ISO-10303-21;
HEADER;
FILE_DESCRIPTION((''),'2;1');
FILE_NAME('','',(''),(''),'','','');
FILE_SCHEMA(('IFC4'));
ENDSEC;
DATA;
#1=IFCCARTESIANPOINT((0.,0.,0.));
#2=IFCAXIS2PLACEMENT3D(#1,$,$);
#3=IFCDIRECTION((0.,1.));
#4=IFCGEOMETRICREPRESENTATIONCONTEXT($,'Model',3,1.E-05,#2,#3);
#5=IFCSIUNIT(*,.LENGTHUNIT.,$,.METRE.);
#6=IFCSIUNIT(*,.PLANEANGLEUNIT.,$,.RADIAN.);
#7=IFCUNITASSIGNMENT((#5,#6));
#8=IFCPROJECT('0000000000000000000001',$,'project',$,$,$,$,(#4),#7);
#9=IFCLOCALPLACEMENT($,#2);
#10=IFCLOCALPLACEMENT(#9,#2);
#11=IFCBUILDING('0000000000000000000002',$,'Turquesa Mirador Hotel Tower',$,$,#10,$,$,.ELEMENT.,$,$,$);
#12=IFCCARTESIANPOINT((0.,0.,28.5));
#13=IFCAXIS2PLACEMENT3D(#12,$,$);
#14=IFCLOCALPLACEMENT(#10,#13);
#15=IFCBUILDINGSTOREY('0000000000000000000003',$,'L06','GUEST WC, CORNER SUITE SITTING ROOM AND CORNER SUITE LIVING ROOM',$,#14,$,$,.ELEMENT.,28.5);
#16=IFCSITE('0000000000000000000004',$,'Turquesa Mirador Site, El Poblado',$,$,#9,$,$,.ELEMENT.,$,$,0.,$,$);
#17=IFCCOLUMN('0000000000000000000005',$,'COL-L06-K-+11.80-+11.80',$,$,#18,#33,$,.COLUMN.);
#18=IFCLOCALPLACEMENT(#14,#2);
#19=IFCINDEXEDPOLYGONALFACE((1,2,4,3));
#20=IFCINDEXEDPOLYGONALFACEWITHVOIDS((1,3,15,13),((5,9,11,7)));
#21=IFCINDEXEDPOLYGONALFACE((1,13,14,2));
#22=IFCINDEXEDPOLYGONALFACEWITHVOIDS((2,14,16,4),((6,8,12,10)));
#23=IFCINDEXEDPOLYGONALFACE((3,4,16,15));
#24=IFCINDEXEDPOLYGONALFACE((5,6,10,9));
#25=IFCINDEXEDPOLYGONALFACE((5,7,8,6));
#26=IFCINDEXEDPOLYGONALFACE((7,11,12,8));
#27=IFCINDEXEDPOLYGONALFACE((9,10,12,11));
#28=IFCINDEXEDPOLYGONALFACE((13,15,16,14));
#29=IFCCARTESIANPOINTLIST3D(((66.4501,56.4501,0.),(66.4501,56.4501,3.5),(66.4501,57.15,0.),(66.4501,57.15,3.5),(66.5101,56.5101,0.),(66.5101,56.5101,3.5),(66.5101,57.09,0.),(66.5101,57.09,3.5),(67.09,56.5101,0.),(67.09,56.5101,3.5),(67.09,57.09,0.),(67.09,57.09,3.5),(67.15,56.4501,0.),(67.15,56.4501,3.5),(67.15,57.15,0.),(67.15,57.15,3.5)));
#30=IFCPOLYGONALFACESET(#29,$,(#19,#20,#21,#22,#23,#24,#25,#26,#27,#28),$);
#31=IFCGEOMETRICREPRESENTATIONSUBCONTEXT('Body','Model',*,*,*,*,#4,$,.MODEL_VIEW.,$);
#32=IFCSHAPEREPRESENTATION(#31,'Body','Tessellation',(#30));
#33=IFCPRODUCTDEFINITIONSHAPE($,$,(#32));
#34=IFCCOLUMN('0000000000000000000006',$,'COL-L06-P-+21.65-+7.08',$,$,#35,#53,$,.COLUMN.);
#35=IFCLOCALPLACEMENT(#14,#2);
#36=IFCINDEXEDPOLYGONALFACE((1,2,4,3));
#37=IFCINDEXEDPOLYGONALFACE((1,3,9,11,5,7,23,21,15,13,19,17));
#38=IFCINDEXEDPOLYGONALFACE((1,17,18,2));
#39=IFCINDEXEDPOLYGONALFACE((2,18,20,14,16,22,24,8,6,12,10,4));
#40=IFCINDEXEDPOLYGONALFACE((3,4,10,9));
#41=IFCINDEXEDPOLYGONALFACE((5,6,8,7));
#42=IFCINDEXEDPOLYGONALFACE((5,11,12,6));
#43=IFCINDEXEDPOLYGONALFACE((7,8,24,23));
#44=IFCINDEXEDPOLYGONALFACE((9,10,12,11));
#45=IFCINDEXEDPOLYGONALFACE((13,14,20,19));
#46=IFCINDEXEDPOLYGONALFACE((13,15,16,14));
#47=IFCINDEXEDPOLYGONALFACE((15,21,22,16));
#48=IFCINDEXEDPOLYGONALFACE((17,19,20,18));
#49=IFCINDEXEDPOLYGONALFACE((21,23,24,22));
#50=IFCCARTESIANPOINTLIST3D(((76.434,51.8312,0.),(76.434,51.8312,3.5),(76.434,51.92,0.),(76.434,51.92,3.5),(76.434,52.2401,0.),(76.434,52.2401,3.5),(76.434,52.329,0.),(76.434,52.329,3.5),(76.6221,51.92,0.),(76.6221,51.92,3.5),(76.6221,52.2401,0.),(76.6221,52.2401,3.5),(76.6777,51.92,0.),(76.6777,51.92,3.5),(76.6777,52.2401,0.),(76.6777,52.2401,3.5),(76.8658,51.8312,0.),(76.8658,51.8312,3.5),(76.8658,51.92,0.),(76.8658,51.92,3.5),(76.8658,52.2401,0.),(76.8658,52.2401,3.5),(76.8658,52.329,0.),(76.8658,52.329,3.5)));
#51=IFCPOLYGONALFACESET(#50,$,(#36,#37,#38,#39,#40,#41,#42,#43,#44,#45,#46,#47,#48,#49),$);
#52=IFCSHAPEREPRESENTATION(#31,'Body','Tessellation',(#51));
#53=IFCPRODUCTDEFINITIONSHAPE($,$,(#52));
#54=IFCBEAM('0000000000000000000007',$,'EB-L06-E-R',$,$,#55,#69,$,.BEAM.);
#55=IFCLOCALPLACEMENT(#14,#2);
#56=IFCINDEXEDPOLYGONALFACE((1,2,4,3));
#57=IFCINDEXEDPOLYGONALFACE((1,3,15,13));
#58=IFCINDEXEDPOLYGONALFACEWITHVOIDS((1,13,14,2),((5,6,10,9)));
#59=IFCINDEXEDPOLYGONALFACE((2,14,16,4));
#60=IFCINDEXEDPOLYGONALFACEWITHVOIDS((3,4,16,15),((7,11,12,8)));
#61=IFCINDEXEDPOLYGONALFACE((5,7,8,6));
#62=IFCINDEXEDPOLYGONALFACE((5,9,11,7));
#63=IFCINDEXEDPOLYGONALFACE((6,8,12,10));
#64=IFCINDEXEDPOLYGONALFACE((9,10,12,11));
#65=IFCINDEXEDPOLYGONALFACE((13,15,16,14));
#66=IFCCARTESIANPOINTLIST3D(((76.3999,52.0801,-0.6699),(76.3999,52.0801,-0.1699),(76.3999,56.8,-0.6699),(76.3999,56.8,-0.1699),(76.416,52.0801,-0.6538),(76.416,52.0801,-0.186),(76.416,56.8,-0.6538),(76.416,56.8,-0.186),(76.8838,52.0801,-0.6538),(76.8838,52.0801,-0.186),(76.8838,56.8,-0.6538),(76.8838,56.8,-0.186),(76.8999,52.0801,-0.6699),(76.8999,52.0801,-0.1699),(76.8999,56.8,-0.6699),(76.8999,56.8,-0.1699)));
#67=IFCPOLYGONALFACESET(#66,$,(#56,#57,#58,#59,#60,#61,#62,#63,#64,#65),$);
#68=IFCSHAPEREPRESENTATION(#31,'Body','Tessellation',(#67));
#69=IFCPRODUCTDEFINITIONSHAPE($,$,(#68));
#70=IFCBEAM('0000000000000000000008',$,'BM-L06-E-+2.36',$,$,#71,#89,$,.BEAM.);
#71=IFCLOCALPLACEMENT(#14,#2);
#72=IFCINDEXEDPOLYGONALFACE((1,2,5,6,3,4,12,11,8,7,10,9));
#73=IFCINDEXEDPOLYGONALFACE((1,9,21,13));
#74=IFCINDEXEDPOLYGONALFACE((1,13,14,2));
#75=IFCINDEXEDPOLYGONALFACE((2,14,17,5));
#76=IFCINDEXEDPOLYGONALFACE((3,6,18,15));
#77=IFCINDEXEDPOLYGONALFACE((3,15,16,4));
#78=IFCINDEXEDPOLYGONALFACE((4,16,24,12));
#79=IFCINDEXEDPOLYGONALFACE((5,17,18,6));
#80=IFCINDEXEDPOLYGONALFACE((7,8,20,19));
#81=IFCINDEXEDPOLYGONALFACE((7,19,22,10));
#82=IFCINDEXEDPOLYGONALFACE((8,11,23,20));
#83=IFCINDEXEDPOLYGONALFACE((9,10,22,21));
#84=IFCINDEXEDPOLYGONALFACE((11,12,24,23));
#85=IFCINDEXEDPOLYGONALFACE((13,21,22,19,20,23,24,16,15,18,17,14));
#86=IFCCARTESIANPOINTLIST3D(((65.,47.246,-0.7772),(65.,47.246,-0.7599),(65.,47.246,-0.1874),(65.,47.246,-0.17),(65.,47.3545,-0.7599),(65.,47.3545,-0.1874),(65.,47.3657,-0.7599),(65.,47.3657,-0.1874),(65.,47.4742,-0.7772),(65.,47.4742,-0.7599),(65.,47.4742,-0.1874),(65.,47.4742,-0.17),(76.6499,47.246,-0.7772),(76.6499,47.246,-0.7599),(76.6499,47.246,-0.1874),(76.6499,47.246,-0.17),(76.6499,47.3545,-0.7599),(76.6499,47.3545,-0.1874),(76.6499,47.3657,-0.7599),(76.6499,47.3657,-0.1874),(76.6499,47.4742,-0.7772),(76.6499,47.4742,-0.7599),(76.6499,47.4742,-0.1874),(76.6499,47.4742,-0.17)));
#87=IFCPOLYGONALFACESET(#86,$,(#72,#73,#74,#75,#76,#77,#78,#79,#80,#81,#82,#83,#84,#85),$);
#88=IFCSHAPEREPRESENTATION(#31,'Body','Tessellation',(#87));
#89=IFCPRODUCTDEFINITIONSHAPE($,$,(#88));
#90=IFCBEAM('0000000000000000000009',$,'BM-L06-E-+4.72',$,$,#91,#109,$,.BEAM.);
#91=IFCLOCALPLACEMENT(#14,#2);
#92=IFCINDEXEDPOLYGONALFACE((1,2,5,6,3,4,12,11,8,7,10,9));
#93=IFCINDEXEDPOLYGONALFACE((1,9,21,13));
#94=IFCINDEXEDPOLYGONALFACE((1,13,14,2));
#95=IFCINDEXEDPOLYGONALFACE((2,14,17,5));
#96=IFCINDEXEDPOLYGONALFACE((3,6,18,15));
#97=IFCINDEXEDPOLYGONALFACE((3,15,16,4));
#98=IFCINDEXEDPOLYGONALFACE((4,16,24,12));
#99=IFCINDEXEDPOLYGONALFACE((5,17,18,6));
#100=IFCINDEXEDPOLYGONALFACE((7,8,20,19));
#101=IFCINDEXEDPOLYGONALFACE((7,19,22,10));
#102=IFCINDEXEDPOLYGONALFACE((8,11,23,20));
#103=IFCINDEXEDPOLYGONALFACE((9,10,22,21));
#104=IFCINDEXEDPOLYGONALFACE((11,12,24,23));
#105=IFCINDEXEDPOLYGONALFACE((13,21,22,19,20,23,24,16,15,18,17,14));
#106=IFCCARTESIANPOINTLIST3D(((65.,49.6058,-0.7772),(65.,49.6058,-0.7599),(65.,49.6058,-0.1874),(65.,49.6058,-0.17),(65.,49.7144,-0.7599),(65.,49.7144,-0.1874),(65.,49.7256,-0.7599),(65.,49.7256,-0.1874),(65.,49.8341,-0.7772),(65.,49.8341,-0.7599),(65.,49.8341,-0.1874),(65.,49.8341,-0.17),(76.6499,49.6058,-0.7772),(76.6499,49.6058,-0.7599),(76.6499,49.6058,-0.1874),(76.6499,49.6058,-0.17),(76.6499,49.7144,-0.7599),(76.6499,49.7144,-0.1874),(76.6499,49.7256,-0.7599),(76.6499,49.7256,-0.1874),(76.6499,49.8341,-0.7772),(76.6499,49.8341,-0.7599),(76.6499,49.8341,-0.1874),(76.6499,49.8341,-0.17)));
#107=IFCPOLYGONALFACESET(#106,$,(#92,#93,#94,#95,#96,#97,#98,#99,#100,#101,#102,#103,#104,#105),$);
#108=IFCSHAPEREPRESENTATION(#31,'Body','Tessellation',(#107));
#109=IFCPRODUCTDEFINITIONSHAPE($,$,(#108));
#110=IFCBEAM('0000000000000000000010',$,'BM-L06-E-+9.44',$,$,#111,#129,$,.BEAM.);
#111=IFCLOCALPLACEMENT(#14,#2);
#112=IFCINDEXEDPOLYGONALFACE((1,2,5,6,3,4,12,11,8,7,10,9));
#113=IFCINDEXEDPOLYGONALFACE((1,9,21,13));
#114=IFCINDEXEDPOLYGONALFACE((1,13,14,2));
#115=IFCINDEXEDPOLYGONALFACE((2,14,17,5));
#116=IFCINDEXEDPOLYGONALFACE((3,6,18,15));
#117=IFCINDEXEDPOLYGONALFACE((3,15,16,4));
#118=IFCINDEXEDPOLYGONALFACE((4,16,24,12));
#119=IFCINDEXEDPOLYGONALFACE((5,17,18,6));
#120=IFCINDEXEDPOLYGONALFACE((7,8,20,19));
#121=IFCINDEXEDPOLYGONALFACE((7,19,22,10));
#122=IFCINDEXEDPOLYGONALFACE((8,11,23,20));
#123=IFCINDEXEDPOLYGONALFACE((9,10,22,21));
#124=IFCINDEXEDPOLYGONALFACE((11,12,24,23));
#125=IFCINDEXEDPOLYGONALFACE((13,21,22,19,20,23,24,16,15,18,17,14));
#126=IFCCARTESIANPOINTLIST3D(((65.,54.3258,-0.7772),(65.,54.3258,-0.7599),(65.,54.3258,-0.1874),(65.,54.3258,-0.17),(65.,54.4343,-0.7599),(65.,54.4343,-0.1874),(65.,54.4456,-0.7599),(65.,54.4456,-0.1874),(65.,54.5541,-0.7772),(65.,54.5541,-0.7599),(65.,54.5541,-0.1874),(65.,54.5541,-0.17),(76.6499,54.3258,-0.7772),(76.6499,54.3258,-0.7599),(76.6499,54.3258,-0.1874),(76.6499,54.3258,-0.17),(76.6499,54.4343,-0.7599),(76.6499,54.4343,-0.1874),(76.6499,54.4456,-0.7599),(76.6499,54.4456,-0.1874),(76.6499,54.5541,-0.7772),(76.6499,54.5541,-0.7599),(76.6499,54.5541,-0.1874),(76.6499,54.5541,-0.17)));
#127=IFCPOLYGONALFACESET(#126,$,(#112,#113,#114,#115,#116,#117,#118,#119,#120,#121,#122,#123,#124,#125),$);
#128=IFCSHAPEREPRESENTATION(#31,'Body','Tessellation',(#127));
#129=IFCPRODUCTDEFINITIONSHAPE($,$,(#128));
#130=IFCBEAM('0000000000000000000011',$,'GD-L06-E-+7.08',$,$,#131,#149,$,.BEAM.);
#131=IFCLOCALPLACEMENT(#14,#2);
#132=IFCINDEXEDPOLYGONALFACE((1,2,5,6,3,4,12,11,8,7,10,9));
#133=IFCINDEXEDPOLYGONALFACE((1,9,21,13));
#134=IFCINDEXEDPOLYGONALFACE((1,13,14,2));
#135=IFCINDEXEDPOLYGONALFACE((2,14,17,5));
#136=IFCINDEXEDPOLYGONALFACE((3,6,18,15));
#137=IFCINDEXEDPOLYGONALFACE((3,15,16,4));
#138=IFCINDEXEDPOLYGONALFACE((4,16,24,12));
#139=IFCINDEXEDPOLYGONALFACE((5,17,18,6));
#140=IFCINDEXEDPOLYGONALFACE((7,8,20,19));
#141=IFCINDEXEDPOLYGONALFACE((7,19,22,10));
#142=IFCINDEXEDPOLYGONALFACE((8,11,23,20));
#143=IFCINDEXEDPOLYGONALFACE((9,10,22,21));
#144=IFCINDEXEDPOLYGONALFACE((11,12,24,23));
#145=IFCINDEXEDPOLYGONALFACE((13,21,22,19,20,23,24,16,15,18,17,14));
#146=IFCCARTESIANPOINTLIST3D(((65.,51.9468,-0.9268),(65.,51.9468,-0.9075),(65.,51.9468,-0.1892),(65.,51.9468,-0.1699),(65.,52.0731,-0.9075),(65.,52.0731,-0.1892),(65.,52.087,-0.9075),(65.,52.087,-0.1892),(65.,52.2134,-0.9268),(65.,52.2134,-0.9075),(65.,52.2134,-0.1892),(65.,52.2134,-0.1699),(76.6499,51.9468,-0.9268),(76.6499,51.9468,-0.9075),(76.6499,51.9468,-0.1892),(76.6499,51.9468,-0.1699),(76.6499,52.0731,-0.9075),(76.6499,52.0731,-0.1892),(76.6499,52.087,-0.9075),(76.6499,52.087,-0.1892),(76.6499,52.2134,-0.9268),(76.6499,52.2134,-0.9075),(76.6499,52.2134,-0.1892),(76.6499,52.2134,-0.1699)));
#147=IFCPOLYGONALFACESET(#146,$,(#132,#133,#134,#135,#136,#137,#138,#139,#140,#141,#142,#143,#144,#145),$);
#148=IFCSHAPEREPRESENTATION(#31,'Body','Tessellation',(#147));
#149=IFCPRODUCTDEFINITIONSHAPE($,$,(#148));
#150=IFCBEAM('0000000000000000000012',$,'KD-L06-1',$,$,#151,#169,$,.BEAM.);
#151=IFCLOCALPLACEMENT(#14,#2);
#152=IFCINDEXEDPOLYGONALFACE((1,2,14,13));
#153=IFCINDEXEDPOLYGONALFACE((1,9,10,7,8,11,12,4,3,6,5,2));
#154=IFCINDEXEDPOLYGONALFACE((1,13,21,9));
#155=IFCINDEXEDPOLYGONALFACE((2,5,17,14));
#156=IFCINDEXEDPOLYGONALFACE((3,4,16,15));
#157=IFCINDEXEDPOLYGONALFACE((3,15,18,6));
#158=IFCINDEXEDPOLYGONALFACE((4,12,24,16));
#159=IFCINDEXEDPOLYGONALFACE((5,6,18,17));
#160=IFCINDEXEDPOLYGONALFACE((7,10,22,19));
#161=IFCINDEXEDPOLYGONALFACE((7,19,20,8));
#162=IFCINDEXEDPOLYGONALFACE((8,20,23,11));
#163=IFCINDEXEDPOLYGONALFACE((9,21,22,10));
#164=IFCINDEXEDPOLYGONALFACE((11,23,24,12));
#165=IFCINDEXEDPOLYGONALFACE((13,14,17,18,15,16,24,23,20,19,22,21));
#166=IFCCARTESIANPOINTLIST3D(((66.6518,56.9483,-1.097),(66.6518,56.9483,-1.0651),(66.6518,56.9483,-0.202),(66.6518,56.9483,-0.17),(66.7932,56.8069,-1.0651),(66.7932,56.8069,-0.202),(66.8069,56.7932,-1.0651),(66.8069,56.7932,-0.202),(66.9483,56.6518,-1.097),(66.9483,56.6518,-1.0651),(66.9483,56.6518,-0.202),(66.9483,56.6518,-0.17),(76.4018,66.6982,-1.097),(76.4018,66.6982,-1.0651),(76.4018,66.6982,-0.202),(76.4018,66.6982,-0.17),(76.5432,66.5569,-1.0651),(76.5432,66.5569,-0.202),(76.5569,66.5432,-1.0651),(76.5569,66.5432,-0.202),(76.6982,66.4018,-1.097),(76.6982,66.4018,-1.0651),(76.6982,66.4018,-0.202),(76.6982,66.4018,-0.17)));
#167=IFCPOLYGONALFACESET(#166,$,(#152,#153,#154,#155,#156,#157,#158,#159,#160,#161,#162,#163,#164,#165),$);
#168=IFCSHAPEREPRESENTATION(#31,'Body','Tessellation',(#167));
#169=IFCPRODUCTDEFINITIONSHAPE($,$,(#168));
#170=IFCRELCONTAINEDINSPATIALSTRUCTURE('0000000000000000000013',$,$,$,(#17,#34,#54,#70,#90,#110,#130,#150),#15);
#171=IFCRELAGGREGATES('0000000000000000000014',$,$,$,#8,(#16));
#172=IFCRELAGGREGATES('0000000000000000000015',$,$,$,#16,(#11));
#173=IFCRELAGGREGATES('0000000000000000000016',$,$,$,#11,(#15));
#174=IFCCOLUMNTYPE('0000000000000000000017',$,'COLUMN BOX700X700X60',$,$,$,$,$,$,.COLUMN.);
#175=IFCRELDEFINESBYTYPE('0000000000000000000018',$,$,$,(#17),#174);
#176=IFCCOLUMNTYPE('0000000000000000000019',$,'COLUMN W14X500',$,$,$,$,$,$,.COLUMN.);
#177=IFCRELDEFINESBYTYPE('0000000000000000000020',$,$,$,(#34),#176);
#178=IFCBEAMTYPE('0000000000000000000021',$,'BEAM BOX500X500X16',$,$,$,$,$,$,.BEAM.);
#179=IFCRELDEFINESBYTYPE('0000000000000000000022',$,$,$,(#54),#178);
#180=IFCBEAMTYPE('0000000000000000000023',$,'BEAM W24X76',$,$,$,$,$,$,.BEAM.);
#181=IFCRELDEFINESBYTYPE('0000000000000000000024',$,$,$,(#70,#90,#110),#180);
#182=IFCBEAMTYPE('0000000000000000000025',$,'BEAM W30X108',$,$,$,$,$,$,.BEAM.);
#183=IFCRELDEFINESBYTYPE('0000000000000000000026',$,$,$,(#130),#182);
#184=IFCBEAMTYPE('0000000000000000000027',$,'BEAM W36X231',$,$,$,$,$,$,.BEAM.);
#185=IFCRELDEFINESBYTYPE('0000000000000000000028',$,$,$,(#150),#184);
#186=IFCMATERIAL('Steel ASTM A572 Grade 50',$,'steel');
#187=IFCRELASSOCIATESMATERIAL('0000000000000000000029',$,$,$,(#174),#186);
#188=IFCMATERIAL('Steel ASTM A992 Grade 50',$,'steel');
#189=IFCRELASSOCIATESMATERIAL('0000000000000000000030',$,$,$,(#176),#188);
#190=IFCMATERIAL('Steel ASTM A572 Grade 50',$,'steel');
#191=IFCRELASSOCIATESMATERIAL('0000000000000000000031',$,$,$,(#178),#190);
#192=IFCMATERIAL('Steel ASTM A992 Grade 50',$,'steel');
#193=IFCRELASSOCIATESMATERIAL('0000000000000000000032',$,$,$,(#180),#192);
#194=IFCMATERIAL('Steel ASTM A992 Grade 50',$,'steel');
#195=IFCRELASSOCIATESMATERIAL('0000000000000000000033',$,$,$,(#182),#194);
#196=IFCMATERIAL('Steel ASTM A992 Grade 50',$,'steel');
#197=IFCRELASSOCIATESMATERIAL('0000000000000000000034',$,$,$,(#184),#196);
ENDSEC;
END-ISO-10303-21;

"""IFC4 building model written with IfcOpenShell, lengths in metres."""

from ifc_helpers import new_model, si_unit, direction, frame, origin, origin_2d, place, context, subcontext, project, spatial, hollow_rectangle, i_section, extrude, material, material_profile, profile_set, type_object, element, save


model = new_model("IFC4")

# Units and contexts
model_context = context("Model", 3, precision=1e-05, world=origin(), true_north=direction((0.0, 1.0)))
body_context = subcontext(model_context, "Body", "Model", "MODEL_VIEW")
ifc_project = project(units=[si_unit("LENGTHUNIT", "METRE"), si_unit("PLANEANGLEUNIT", "RADIAN")], contexts=[model_context])

# Site, building, storey
site_placement = place(None, origin())
site = spatial("IfcSite", under=ifc_project, at=site_placement, Name="Turquesa Mirador Site, El Poblado", CompositionType="ELEMENT", RefElevation=0.0)
building_placement = place(site_placement, origin())
building = spatial("IfcBuilding", under=site, at=building_placement, Name="Turquesa Mirador Hotel Tower", CompositionType="ELEMENT")
storey_placement = place(building_placement, frame((0.0, 0.0, 28.5)))
storey = spatial("IfcBuildingStorey", under=building, at=storey_placement, Name="L06", Description="GUEST WC, CORNER SUITE SITTING ROOM AND CORNER SUITE LIVING ROOM", CompositionType="ELEMENT", Elevation=28.5)

# Columns
ifc_material_1 = material(Name="Steel ASTM A572 Grade 50", Category="steel")
ifc_material_profile_1 = material_profile(ifc_material_1, hollow_rectangle(XDim=0.7, YDim=0.7, WallThickness=0.0601, at=origin_2d()), Name="BOX700X700X60")
ifc_profile_set_1 = profile_set([ifc_material_profile_1], Name="Steel ASTM A572 Grade 50")
column_type_1 = type_object("IfcColumnType", Name="COLUMN BOX700X700X60", PredefinedType="COLUMN", material=ifc_profile_set_1)
column_1_placement = place(storey_placement, frame((66.8, 56.8, 0.0), z_axis=(0.0, 0.0, 1.0), x_axis=(1.0, 0.0, 0.0)))
element("IfcColumn", 1, at=column_1_placement, inside=storey, type_object=column_type_1, Name="COL-L06-K-+11.80-+11.80", PredefinedType="COLUMN", context=body_context, shape_type="SweptSolid", body=[
    extrude(hollow_rectangle(XDim=0.7, YDim=0.7, WallThickness=0.0601, at=origin_2d()), origin(), (0.0, 0.0, 1.0), 3.5),
])
ifc_material_2 = material(Name="Steel ASTM A992 Grade 50", Category="steel")
ifc_material_profile_2 = material_profile(ifc_material_2, i_section(OverallWidth=0.4319, OverallDepth=0.4978, WebThickness=0.0557, FlangeThickness=0.0889, at=origin_2d()), Name="W14X500")
ifc_profile_set_2 = profile_set([ifc_material_profile_2], Name="Steel ASTM A992 Grade 50")
column_type_2 = type_object("IfcColumnType", Name="COLUMN W14X500", PredefinedType="COLUMN", material=ifc_profile_set_2)
column_2_placement = place(storey_placement, frame((76.6499, 52.0801, 0.0), z_axis=(0.0, 0.0, 1.0), x_axis=(1.0, 0.0, 0.0)))
element("IfcColumn", 2, at=column_2_placement, inside=storey, type_object=column_type_2, Name="COL-L06-P-+21.65-+7.08", PredefinedType="COLUMN", context=body_context, shape_type="SweptSolid", body=[
    extrude(i_section(OverallWidth=0.4319, OverallDepth=0.4978, WebThickness=0.0557, FlangeThickness=0.0889, at=origin_2d()), origin(), (0.0, 0.0, 1.0), 3.5),
])

# Beams
ifc_material_3 = material(Name="Steel ASTM A572 Grade 50", Category="steel")
ifc_material_profile_3 = material_profile(ifc_material_3, hollow_rectangle(XDim=0.5, YDim=0.5, WallThickness=0.0161, at=origin_2d()), Name="BOX500X500X16")
ifc_profile_set_3 = profile_set([ifc_material_profile_3], Name="Steel ASTM A572 Grade 50")
beam_type_1 = type_object("IfcBeamType", Name="BEAM BOX500X500X16", PredefinedType="BEAM", material=ifc_profile_set_3)
beam_1_placement = place(storey_placement, frame((76.6499, 52.0801, -0.4199), z_axis=(0.0, 1.0, 0.0), x_axis=(-1.0, 0.0, 0.0)))
element("IfcBeam", 3, at=beam_1_placement, inside=storey, type_object=beam_type_1, Name="EB-L06-E-R", PredefinedType="BEAM", context=body_context, shape_type="SweptSolid", body=[
    extrude(hollow_rectangle(XDim=0.5, YDim=0.5, WallThickness=0.0161, at=origin_2d()), origin(), (0.0, 0.0, 1.0), 4.72),
])
ifc_material_4 = material(Name="Steel ASTM A992 Grade 50", Category="steel")
ifc_material_profile_4 = material_profile(ifc_material_4, i_section(OverallWidth=0.2283, OverallDepth=0.6072, WebThickness=0.0112, FlangeThickness=0.0173, at=origin_2d()), Name="W24X76")
ifc_profile_set_4 = profile_set([ifc_material_profile_4], Name="Steel ASTM A992 Grade 50")
beam_type_2 = type_object("IfcBeamType", Name="BEAM W24X76", PredefinedType="BEAM", material=ifc_profile_set_4)
for number, where, z_axis, x_axis, name in (
    (4, (76.6499, 47.3601, -0.4736), (-1.0, 0.0, 0.0), (0.0, -1.0, 0.0), "BM-L06-E-+2.36"),
    (5, (76.6499, 49.72, -0.4736), (-1.0, 0.0, 0.0), (0.0, -1.0, 0.0), "BM-L06-E-+4.72"),
    (6, (76.6499, 54.4399, -0.4736), (-1.0, 0.0, 0.0), (0.0, -1.0, 0.0), "BM-L06-E-+9.44"),
):
    element("IfcBeam", number, at=place(storey_placement, frame(where, z_axis=z_axis, x_axis=x_axis)), inside=storey, type_object=beam_type_2, Name=name, PredefinedType="BEAM", context=body_context, shape_type="SweptSolid", body=[
        extrude(i_section(OverallWidth=0.2283, OverallDepth=0.6072, WebThickness=0.0112, FlangeThickness=0.0173, at=origin_2d()), origin(), (0.0, 0.0, 1.0), 11.6499),
    ])
ifc_material_5 = material(Name="Steel ASTM A992 Grade 50", Category="steel")
ifc_material_profile_5 = material_profile(ifc_material_5, i_section(OverallWidth=0.2666, OverallDepth=0.7568, WebThickness=0.0139, FlangeThickness=0.0193, at=origin_2d()), Name="W30X108")
ifc_profile_set_5 = profile_set([ifc_material_profile_5], Name="Steel ASTM A992 Grade 50")
beam_type_3 = type_object("IfcBeamType", Name="BEAM W30X108", PredefinedType="BEAM", material=ifc_profile_set_5)
beam_2_placement = place(storey_placement, frame((76.6499, 52.0801, -0.5483), z_axis=(-1.0, 0.0, 0.0), x_axis=(0.0, -1.0, 0.0)))
element("IfcBeam", 7, at=beam_2_placement, inside=storey, type_object=beam_type_3, Name="GD-L06-E-+7.08", PredefinedType="BEAM", context=body_context, shape_type="SweptSolid", body=[
    extrude(i_section(OverallWidth=0.2666, OverallDepth=0.7568, WebThickness=0.0139, FlangeThickness=0.0193, at=origin_2d()), origin(), (0.0, 0.0, 1.0), 11.6499),
])
ifc_material_6 = material(Name="Steel ASTM A992 Grade 50", Category="steel")
ifc_material_profile_6 = material_profile(ifc_material_6, i_section(OverallWidth=0.4192, OverallDepth=0.927, WebThickness=0.0193, FlangeThickness=0.032, at=origin_2d()), Name="W36X231")
ifc_profile_set_6 = profile_set([ifc_material_profile_6], Name="Steel ASTM A992 Grade 50")
beam_type_4 = type_object("IfcBeamType", Name="BEAM W36X231", PredefinedType="BEAM", material=ifc_profile_set_6)
beam_3_placement = place(storey_placement, frame((66.8, 56.8, -0.6335), z_axis=(0.707107, 0.707107, 0.0), x_axis=(-0.707107, 0.707107, 0.0)))
element("IfcBeam", 8, at=beam_3_placement, inside=storey, type_object=beam_type_4, Name="KD-L06-1", PredefinedType="BEAM", context=body_context, shape_type="SweptSolid", body=[
    extrude(i_section(OverallWidth=0.4192, OverallDepth=0.927, WebThickness=0.0193, FlangeThickness=0.032, at=origin_2d()), origin(), (0.0, 0.0, 1.0), 13.7886),
])

save(model, "model.ifc")
